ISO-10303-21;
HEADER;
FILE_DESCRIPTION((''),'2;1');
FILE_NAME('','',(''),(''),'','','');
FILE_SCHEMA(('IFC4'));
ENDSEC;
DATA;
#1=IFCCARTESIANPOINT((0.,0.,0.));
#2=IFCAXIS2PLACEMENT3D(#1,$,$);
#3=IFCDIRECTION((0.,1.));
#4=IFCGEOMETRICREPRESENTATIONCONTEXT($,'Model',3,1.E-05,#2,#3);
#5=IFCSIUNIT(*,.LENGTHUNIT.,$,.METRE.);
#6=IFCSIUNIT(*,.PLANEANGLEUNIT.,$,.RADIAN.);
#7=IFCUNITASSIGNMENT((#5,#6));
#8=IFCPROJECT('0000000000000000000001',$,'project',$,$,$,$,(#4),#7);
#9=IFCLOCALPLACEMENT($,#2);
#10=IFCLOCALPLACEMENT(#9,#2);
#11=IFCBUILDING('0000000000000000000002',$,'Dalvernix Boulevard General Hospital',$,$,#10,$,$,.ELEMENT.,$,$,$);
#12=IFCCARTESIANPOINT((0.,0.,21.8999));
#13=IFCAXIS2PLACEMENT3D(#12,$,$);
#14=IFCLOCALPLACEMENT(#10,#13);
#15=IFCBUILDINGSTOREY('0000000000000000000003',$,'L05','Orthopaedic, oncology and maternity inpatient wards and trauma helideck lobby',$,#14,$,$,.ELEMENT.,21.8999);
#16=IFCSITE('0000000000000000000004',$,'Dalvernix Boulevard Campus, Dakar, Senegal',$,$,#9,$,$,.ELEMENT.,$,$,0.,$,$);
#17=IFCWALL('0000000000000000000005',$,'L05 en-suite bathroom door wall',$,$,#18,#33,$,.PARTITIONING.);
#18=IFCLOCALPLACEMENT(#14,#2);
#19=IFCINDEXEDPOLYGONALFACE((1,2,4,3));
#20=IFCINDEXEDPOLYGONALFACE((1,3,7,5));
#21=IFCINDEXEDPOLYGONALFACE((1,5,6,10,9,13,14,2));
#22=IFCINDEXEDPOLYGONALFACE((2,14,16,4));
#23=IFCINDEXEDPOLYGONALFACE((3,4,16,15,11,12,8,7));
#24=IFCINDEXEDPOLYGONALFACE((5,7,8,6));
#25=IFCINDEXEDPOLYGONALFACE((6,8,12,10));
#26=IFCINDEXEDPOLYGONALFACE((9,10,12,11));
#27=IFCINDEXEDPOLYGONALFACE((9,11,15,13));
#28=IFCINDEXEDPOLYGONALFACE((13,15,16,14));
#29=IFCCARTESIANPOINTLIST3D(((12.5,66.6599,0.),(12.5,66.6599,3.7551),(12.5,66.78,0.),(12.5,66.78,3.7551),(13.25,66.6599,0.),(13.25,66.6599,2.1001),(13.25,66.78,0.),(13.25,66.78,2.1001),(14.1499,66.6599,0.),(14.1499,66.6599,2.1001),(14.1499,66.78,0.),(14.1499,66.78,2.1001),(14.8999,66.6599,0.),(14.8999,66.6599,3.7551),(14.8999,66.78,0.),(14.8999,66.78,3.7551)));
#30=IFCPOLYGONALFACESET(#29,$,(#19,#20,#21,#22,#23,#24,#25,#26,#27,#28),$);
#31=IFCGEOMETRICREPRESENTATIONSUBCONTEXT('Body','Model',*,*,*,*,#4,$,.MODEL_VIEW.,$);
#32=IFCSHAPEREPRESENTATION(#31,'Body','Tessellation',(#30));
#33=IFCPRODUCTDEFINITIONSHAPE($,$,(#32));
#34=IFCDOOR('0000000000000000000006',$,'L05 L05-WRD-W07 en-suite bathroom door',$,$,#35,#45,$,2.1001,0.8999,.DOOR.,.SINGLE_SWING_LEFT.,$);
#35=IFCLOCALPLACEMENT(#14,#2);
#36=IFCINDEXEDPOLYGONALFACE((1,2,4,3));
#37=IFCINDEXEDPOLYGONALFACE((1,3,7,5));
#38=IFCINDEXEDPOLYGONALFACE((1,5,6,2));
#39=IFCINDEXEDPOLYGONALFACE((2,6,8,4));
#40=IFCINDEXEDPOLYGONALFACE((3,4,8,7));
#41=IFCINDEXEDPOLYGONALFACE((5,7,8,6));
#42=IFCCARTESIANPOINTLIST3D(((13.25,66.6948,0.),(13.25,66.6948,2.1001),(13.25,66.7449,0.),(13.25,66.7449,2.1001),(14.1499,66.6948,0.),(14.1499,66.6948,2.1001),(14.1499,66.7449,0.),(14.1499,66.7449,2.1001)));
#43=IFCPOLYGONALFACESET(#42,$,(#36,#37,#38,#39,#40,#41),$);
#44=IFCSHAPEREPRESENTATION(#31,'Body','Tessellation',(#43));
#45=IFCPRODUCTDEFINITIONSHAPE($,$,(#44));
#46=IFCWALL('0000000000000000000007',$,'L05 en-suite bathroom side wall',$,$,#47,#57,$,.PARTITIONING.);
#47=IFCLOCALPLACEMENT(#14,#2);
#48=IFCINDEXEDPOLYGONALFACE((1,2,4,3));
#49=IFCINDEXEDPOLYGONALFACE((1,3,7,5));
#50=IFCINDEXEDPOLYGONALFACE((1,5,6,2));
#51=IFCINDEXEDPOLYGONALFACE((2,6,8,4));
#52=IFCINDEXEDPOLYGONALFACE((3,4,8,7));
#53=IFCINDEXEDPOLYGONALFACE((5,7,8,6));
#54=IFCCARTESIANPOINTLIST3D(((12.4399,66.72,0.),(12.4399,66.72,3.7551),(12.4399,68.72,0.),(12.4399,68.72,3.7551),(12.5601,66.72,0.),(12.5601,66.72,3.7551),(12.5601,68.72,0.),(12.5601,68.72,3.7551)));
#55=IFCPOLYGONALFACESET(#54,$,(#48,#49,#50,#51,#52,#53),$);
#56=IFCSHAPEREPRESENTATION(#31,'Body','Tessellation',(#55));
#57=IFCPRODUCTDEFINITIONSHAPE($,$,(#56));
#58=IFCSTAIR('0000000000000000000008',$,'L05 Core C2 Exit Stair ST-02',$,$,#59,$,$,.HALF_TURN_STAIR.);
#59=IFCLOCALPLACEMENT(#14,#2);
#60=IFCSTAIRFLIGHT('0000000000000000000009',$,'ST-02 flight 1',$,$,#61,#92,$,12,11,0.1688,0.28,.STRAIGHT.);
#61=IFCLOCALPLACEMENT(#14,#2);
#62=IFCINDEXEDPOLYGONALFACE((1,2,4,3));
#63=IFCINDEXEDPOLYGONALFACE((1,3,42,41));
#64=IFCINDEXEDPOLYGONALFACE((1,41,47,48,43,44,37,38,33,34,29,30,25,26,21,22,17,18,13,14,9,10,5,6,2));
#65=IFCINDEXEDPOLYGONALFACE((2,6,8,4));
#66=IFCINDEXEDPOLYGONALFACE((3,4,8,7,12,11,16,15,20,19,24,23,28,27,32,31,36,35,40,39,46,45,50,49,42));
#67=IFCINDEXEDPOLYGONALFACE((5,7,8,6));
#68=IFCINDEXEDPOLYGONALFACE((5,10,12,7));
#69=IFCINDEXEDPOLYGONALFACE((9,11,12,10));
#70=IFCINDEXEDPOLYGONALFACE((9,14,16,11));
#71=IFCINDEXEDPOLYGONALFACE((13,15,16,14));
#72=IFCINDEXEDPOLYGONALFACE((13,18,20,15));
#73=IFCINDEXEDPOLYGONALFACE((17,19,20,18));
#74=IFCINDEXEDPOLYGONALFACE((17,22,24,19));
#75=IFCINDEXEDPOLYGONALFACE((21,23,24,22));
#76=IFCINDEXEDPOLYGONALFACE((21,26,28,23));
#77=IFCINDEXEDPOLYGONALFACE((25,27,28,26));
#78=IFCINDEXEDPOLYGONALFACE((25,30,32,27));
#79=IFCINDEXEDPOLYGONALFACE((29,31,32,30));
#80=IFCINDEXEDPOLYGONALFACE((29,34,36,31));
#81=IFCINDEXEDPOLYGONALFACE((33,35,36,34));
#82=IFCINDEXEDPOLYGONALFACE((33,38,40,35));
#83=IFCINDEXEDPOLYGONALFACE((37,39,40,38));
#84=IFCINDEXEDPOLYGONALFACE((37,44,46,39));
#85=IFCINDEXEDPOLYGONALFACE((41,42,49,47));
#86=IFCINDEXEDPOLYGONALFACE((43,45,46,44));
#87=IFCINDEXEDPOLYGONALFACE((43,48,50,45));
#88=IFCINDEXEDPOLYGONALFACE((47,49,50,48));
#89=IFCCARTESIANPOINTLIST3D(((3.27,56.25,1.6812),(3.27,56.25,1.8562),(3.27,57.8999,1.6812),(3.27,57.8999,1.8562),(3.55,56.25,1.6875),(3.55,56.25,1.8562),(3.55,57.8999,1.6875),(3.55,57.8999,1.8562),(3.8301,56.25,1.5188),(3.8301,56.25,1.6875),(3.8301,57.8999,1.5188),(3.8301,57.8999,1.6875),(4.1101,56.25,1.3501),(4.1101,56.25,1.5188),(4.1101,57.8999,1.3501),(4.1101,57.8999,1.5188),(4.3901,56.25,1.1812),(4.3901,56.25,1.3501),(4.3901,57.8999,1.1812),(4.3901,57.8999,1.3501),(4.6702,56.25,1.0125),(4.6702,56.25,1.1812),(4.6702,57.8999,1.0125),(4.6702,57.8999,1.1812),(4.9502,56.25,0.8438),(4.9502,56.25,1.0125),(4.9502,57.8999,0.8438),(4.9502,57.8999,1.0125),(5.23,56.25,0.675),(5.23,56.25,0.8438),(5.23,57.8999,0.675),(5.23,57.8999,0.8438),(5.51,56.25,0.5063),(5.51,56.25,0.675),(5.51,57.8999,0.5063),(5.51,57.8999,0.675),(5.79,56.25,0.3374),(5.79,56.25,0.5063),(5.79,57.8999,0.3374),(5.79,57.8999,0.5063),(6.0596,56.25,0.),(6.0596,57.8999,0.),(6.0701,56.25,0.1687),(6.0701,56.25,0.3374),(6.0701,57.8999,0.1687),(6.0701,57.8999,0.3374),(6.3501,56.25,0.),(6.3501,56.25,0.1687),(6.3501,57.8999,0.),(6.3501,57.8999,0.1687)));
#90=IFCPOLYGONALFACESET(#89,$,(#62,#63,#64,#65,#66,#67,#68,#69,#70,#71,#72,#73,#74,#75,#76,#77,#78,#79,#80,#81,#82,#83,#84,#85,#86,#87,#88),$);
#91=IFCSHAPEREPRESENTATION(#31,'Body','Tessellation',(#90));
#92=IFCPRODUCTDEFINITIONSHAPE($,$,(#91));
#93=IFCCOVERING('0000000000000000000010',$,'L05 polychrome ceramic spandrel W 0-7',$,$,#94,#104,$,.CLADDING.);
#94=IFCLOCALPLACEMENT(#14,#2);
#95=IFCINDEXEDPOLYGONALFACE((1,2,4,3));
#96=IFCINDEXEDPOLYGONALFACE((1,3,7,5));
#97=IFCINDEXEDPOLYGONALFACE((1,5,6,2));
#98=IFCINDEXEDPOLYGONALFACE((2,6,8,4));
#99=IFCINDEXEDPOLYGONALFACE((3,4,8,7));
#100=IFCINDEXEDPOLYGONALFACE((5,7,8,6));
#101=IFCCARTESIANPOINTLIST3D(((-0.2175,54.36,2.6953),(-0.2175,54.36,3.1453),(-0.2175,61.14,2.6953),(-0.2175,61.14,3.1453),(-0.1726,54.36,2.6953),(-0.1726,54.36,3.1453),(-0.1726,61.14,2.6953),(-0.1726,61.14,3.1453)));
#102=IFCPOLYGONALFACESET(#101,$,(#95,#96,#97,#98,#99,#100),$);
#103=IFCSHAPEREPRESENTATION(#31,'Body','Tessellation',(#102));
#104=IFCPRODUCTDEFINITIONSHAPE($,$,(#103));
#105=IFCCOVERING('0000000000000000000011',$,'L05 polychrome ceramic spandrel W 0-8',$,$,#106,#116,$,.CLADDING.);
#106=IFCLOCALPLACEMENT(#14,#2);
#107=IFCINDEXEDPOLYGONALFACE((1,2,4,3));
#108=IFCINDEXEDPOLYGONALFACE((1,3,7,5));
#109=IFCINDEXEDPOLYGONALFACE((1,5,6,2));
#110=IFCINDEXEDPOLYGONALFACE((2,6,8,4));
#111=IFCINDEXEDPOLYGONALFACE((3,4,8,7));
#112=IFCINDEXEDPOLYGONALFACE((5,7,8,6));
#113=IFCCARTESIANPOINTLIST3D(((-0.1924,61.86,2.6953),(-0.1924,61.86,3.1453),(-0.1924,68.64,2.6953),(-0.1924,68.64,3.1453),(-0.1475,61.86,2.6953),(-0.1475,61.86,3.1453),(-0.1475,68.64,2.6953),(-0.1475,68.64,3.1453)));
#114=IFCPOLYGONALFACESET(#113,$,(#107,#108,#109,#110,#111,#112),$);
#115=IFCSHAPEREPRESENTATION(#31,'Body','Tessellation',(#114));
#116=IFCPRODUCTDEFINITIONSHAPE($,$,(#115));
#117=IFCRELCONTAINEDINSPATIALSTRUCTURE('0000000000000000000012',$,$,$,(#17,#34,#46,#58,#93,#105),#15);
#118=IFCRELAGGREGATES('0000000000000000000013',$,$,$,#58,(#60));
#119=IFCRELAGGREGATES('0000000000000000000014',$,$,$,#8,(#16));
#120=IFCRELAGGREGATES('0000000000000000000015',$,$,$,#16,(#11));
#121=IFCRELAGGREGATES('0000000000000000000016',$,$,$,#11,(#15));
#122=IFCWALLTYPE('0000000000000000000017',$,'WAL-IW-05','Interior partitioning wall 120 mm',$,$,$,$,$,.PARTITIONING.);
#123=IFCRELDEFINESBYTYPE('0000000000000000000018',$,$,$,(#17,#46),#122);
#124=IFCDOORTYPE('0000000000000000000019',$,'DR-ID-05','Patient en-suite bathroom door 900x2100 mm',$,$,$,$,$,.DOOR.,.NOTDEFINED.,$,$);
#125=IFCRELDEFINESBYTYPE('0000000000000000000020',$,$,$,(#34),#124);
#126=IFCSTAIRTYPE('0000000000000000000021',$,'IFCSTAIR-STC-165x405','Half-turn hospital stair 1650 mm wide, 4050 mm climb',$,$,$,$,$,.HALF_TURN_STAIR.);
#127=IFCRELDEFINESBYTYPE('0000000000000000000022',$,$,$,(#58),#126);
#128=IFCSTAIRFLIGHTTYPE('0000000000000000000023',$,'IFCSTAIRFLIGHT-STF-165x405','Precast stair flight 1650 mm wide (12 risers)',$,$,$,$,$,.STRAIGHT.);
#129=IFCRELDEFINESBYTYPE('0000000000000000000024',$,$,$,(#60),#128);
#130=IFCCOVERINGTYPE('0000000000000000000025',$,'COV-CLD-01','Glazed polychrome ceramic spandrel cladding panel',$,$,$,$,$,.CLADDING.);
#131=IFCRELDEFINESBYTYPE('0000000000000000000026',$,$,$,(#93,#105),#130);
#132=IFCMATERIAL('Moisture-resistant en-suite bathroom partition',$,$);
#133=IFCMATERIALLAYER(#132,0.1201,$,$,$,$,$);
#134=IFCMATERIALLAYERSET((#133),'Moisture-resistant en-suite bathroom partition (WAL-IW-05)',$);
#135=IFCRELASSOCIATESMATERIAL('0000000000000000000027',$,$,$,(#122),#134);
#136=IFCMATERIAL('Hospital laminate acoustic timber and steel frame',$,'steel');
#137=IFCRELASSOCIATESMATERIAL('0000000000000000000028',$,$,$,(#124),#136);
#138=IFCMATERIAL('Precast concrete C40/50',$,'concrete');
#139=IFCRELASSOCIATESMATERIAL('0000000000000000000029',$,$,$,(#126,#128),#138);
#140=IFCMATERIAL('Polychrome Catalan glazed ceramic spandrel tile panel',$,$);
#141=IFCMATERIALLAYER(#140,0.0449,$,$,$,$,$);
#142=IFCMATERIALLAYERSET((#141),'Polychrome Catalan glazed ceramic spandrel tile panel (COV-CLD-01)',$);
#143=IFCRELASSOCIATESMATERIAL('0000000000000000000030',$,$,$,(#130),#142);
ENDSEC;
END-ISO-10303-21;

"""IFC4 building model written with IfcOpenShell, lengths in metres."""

from ifc_helpers import new_model, si_unit, direction, frame, frame_2d, origin, origin_2d, place, context, subcontext, project, spatial, polyline, rectangle, outline, extrude, material, layer, layer_set, type_object, element, fill, aggregate, save


model = new_model("IFC4")

# Units and contexts
model_context = context("Model", 3, precision=1e-05, world=origin(), true_north=direction((0.0, 1.0)))
body_context = subcontext(model_context, "Body", "Model", "MODEL_VIEW")
ifc_project = project(units=[si_unit("LENGTHUNIT", "METRE"), si_unit("PLANEANGLEUNIT", "RADIAN")], contexts=[model_context])

# Site, building, storey
site_placement = place(None, origin())
site = spatial("IfcSite", under=ifc_project, at=site_placement, Name="Dalvernix Boulevard Campus, Dakar, Senegal", CompositionType="ELEMENT", RefElevation=0.0)
building_placement = place(site_placement, origin())
building = spatial("IfcBuilding", under=site, at=building_placement, Name="Dalvernix Boulevard General Hospital", CompositionType="ELEMENT")
storey_placement = place(building_placement, frame((0.0, 0.0, 21.8999)))
storey = spatial("IfcBuildingStorey", under=building, at=storey_placement, Name="L05", Description="Orthopaedic, oncology and maternity inpatient wards and trauma helideck lobby", CompositionType="ELEMENT", Elevation=21.8999)

# Shared definitions
ifc_material_1 = material(Name="Hospital laminate acoustic timber and steel frame", Category="steel")

# Wall, opening, door
ifc_material_2 = material(Name="Moisture-resistant en-suite bathroom partition")
ifc_layer_1 = layer(ifc_material_2, 0.1201)
ifc_layer_set_1 = layer_set([ifc_layer_1], Name="Moisture-resistant en-suite bathroom partition (WAL-IW-05)")
wall_type_1 = type_object("IfcWallType", Name="WAL-IW-05", Description="Interior partitioning wall 120 mm", PredefinedType="PARTITIONING", material=ifc_layer_set_1)
wall_1_placement = place(storey_placement, frame((12.5, 66.72, 0.0), z_axis=(0.0, 0.0, 1.0), x_axis=(1.0, 0.0, 0.0)))
wall_1 = element("IfcWall", 1, at=wall_1_placement, inside=storey, type_object=wall_type_1, Name="L05 en-suite bathroom door wall", PredefinedType="PARTITIONING", context=body_context, shape_type="SweptSolid", body=[
    extrude(rectangle(XDim=2.3999, YDim=0.1201, at=frame_2d((1.2, 0.0))), origin(), (0.0, 0.0, 1.0), 3.7551),
])
opening_1_placement = place(wall_1_placement, frame((0.75, 0.0, 0.0)))
opening_1 = element("IfcOpeningElement", 2, at=opening_1_placement, cuts=wall_1, PredefinedType="OPENING", context=body_context, shape_type="SweptSolid", body=[
    extrude(rectangle(XDim=0.8999, YDim=2.1001, at=frame_2d((0.45, 1.05))), frame((0.0, 0.0701, 0.0), z_axis=(0.0, -1.0, 0.0), x_axis=(1.0, 0.0, 0.0)), (0.0, 0.0, 1.0), 0.1401),
])
door_type_1 = type_object("IfcDoorType", Name="DR-ID-05", Description="Patient en-suite bathroom door 900x2100 mm", OperationType="NOTDEFINED", PredefinedType="DOOR", material=ifc_material_1)
door_1_placement = place(opening_1_placement, origin())
door_1 = element("IfcDoor", 3, at=door_1_placement, inside=storey, type_object=door_type_1, Name="L05 L05-WRD-W07 en-suite bathroom door", OperationType="SINGLE_SWING_LEFT", OverallHeight=2.1001, OverallWidth=0.8999, PredefinedType="DOOR", context=body_context, shape_type="SweptSolid", body=[
    extrude(rectangle(XDim=0.8999, YDim=2.1001, at=frame_2d((0.45, 1.05))), frame((0.0, 0.0249, 0.0), z_axis=(0.0, -1.0, 0.0), x_axis=(1.0, 0.0, 0.0)), (0.0, 0.0, 1.0), 0.05),
])
fill(opening_1, door_1)

# Wall
wall_2_placement = place(storey_placement, frame((12.5, 66.72, 0.0), z_axis=(0.0, 0.0, 1.0), x_axis=(0.0, 1.0, 0.0)))
element("IfcWall", 4, at=wall_2_placement, inside=storey, type_object=wall_type_1, Name="L05 en-suite bathroom side wall", PredefinedType="PARTITIONING", context=body_context, shape_type="SweptSolid", body=[
    extrude(rectangle(XDim=2.0, YDim=0.1201, at=frame_2d((1.0, 0.0))), origin(), (0.0, 0.0, 1.0), 3.7551),
])

# Stair, stair flight
ifc_material_3 = material(Name="Precast concrete C40/50", Category="concrete")
stair_type = type_object("IfcStairType", Name="IFCSTAIR-STC-165x405", Description="Half-turn hospital stair 1650 mm wide, 4050 mm climb", PredefinedType="HALF_TURN_STAIR", material=ifc_material_3)
stair_placement = place(storey_placement, origin())
stair = element("IfcStair", 5, at=stair_placement, inside=storey, type_object=stair_type, Name="L05 Core C2 Exit Stair ST-02", PredefinedType="HALF_TURN_STAIR")
stair_flight_type = type_object("IfcStairFlightType", Name="IFCSTAIRFLIGHT-STF-165x405", Description="Precast stair flight 1650 mm wide (12 risers)", PredefinedType="STRAIGHT", material=ifc_material_3)
stair_flight_placement = place(storey_placement, frame((6.3501, 57.075, 0.0), z_axis=(0.0, 0.0, 1.0), x_axis=(-1.0, 0.0, 0.0)))
stair_flight = element("IfcStairFlight", 6, at=stair_flight_placement, type_object=stair_flight_type, Name="ST-02 flight 1", NumberOfRisers=12, NumberOfTreads=11, PredefinedType="STRAIGHT", RiserHeight=0.1688, TreadLength=0.28, context=body_context, shape_type="SweptSolid", body=[
    extrude(outline(polyline([(0.0, 0.0), (0.0, 0.1687), (0.28, 0.1687), (0.28, 0.3374), (0.5601, 0.3374), (0.5601, 0.5063), (0.8401, 0.5063), (0.8401, 0.675), (1.1201, 0.675), (1.1201, 0.8438), (1.3999, 0.8438), (1.3999, 1.0125), (1.6799, 1.0125), (1.6799, 1.1812), (1.96, 1.1812), (1.96, 1.3501), (2.24, 1.3501), (2.24, 1.5188), (2.52, 1.5188), (2.52, 1.6875), (2.8, 1.6875), (2.8, 1.8562), (3.0801, 1.8562), (3.0801, 2.0249), (3.0801, 1.6812), (0.2905, 0.0), (0.0, 0.0)])), frame((0.0, 0.825, 0.0), z_axis=(0.0, -1.0, 0.0), x_axis=(1.0, 0.0, 0.0)), (0.0, 0.0, 1.0), 1.6499),
])
aggregate(stair, [stair_flight])

# Coverings
ifc_material_4 = material(Name="Polychrome Catalan glazed ceramic spandrel tile panel")
ifc_layer_2 = layer(ifc_material_4, 0.0449)
ifc_layer_set_2 = layer_set([ifc_layer_2], Name="Polychrome Catalan glazed ceramic spandrel tile panel (COV-CLD-01)")
covering_type = type_object("IfcCoveringType", Name="COV-CLD-01", Description="Glazed polychrome ceramic spandrel cladding panel", PredefinedType="CLADDING", material=ifc_layer_set_2)
for number, where, z_axis, x_axis, name in (
    (7, (-0.1951, 57.75, 2.6953), (0.0, 0.0, 1.0), (0.0, 1.0, 0.0), "L05 polychrome ceramic spandrel W 0-7"),
    (8, (-0.1699, 65.25, 2.6953), (0.0, 0.0, 1.0), (0.0, 1.0, 0.0), "L05 polychrome ceramic spandrel W 0-8"),
):
    element("IfcCovering", number, at=place(storey_placement, frame(where, z_axis=z_axis, x_axis=x_axis)), inside=storey, type_object=covering_type, Name=name, PredefinedType="CLADDING", context=body_context, shape_type="SweptSolid", body=[
        extrude(rectangle(XDim=6.78, YDim=0.0449, at=origin_2d()), origin(), (0.0, 0.0, 1.0), 0.45),
    ])

save(model, "model.ifc")
